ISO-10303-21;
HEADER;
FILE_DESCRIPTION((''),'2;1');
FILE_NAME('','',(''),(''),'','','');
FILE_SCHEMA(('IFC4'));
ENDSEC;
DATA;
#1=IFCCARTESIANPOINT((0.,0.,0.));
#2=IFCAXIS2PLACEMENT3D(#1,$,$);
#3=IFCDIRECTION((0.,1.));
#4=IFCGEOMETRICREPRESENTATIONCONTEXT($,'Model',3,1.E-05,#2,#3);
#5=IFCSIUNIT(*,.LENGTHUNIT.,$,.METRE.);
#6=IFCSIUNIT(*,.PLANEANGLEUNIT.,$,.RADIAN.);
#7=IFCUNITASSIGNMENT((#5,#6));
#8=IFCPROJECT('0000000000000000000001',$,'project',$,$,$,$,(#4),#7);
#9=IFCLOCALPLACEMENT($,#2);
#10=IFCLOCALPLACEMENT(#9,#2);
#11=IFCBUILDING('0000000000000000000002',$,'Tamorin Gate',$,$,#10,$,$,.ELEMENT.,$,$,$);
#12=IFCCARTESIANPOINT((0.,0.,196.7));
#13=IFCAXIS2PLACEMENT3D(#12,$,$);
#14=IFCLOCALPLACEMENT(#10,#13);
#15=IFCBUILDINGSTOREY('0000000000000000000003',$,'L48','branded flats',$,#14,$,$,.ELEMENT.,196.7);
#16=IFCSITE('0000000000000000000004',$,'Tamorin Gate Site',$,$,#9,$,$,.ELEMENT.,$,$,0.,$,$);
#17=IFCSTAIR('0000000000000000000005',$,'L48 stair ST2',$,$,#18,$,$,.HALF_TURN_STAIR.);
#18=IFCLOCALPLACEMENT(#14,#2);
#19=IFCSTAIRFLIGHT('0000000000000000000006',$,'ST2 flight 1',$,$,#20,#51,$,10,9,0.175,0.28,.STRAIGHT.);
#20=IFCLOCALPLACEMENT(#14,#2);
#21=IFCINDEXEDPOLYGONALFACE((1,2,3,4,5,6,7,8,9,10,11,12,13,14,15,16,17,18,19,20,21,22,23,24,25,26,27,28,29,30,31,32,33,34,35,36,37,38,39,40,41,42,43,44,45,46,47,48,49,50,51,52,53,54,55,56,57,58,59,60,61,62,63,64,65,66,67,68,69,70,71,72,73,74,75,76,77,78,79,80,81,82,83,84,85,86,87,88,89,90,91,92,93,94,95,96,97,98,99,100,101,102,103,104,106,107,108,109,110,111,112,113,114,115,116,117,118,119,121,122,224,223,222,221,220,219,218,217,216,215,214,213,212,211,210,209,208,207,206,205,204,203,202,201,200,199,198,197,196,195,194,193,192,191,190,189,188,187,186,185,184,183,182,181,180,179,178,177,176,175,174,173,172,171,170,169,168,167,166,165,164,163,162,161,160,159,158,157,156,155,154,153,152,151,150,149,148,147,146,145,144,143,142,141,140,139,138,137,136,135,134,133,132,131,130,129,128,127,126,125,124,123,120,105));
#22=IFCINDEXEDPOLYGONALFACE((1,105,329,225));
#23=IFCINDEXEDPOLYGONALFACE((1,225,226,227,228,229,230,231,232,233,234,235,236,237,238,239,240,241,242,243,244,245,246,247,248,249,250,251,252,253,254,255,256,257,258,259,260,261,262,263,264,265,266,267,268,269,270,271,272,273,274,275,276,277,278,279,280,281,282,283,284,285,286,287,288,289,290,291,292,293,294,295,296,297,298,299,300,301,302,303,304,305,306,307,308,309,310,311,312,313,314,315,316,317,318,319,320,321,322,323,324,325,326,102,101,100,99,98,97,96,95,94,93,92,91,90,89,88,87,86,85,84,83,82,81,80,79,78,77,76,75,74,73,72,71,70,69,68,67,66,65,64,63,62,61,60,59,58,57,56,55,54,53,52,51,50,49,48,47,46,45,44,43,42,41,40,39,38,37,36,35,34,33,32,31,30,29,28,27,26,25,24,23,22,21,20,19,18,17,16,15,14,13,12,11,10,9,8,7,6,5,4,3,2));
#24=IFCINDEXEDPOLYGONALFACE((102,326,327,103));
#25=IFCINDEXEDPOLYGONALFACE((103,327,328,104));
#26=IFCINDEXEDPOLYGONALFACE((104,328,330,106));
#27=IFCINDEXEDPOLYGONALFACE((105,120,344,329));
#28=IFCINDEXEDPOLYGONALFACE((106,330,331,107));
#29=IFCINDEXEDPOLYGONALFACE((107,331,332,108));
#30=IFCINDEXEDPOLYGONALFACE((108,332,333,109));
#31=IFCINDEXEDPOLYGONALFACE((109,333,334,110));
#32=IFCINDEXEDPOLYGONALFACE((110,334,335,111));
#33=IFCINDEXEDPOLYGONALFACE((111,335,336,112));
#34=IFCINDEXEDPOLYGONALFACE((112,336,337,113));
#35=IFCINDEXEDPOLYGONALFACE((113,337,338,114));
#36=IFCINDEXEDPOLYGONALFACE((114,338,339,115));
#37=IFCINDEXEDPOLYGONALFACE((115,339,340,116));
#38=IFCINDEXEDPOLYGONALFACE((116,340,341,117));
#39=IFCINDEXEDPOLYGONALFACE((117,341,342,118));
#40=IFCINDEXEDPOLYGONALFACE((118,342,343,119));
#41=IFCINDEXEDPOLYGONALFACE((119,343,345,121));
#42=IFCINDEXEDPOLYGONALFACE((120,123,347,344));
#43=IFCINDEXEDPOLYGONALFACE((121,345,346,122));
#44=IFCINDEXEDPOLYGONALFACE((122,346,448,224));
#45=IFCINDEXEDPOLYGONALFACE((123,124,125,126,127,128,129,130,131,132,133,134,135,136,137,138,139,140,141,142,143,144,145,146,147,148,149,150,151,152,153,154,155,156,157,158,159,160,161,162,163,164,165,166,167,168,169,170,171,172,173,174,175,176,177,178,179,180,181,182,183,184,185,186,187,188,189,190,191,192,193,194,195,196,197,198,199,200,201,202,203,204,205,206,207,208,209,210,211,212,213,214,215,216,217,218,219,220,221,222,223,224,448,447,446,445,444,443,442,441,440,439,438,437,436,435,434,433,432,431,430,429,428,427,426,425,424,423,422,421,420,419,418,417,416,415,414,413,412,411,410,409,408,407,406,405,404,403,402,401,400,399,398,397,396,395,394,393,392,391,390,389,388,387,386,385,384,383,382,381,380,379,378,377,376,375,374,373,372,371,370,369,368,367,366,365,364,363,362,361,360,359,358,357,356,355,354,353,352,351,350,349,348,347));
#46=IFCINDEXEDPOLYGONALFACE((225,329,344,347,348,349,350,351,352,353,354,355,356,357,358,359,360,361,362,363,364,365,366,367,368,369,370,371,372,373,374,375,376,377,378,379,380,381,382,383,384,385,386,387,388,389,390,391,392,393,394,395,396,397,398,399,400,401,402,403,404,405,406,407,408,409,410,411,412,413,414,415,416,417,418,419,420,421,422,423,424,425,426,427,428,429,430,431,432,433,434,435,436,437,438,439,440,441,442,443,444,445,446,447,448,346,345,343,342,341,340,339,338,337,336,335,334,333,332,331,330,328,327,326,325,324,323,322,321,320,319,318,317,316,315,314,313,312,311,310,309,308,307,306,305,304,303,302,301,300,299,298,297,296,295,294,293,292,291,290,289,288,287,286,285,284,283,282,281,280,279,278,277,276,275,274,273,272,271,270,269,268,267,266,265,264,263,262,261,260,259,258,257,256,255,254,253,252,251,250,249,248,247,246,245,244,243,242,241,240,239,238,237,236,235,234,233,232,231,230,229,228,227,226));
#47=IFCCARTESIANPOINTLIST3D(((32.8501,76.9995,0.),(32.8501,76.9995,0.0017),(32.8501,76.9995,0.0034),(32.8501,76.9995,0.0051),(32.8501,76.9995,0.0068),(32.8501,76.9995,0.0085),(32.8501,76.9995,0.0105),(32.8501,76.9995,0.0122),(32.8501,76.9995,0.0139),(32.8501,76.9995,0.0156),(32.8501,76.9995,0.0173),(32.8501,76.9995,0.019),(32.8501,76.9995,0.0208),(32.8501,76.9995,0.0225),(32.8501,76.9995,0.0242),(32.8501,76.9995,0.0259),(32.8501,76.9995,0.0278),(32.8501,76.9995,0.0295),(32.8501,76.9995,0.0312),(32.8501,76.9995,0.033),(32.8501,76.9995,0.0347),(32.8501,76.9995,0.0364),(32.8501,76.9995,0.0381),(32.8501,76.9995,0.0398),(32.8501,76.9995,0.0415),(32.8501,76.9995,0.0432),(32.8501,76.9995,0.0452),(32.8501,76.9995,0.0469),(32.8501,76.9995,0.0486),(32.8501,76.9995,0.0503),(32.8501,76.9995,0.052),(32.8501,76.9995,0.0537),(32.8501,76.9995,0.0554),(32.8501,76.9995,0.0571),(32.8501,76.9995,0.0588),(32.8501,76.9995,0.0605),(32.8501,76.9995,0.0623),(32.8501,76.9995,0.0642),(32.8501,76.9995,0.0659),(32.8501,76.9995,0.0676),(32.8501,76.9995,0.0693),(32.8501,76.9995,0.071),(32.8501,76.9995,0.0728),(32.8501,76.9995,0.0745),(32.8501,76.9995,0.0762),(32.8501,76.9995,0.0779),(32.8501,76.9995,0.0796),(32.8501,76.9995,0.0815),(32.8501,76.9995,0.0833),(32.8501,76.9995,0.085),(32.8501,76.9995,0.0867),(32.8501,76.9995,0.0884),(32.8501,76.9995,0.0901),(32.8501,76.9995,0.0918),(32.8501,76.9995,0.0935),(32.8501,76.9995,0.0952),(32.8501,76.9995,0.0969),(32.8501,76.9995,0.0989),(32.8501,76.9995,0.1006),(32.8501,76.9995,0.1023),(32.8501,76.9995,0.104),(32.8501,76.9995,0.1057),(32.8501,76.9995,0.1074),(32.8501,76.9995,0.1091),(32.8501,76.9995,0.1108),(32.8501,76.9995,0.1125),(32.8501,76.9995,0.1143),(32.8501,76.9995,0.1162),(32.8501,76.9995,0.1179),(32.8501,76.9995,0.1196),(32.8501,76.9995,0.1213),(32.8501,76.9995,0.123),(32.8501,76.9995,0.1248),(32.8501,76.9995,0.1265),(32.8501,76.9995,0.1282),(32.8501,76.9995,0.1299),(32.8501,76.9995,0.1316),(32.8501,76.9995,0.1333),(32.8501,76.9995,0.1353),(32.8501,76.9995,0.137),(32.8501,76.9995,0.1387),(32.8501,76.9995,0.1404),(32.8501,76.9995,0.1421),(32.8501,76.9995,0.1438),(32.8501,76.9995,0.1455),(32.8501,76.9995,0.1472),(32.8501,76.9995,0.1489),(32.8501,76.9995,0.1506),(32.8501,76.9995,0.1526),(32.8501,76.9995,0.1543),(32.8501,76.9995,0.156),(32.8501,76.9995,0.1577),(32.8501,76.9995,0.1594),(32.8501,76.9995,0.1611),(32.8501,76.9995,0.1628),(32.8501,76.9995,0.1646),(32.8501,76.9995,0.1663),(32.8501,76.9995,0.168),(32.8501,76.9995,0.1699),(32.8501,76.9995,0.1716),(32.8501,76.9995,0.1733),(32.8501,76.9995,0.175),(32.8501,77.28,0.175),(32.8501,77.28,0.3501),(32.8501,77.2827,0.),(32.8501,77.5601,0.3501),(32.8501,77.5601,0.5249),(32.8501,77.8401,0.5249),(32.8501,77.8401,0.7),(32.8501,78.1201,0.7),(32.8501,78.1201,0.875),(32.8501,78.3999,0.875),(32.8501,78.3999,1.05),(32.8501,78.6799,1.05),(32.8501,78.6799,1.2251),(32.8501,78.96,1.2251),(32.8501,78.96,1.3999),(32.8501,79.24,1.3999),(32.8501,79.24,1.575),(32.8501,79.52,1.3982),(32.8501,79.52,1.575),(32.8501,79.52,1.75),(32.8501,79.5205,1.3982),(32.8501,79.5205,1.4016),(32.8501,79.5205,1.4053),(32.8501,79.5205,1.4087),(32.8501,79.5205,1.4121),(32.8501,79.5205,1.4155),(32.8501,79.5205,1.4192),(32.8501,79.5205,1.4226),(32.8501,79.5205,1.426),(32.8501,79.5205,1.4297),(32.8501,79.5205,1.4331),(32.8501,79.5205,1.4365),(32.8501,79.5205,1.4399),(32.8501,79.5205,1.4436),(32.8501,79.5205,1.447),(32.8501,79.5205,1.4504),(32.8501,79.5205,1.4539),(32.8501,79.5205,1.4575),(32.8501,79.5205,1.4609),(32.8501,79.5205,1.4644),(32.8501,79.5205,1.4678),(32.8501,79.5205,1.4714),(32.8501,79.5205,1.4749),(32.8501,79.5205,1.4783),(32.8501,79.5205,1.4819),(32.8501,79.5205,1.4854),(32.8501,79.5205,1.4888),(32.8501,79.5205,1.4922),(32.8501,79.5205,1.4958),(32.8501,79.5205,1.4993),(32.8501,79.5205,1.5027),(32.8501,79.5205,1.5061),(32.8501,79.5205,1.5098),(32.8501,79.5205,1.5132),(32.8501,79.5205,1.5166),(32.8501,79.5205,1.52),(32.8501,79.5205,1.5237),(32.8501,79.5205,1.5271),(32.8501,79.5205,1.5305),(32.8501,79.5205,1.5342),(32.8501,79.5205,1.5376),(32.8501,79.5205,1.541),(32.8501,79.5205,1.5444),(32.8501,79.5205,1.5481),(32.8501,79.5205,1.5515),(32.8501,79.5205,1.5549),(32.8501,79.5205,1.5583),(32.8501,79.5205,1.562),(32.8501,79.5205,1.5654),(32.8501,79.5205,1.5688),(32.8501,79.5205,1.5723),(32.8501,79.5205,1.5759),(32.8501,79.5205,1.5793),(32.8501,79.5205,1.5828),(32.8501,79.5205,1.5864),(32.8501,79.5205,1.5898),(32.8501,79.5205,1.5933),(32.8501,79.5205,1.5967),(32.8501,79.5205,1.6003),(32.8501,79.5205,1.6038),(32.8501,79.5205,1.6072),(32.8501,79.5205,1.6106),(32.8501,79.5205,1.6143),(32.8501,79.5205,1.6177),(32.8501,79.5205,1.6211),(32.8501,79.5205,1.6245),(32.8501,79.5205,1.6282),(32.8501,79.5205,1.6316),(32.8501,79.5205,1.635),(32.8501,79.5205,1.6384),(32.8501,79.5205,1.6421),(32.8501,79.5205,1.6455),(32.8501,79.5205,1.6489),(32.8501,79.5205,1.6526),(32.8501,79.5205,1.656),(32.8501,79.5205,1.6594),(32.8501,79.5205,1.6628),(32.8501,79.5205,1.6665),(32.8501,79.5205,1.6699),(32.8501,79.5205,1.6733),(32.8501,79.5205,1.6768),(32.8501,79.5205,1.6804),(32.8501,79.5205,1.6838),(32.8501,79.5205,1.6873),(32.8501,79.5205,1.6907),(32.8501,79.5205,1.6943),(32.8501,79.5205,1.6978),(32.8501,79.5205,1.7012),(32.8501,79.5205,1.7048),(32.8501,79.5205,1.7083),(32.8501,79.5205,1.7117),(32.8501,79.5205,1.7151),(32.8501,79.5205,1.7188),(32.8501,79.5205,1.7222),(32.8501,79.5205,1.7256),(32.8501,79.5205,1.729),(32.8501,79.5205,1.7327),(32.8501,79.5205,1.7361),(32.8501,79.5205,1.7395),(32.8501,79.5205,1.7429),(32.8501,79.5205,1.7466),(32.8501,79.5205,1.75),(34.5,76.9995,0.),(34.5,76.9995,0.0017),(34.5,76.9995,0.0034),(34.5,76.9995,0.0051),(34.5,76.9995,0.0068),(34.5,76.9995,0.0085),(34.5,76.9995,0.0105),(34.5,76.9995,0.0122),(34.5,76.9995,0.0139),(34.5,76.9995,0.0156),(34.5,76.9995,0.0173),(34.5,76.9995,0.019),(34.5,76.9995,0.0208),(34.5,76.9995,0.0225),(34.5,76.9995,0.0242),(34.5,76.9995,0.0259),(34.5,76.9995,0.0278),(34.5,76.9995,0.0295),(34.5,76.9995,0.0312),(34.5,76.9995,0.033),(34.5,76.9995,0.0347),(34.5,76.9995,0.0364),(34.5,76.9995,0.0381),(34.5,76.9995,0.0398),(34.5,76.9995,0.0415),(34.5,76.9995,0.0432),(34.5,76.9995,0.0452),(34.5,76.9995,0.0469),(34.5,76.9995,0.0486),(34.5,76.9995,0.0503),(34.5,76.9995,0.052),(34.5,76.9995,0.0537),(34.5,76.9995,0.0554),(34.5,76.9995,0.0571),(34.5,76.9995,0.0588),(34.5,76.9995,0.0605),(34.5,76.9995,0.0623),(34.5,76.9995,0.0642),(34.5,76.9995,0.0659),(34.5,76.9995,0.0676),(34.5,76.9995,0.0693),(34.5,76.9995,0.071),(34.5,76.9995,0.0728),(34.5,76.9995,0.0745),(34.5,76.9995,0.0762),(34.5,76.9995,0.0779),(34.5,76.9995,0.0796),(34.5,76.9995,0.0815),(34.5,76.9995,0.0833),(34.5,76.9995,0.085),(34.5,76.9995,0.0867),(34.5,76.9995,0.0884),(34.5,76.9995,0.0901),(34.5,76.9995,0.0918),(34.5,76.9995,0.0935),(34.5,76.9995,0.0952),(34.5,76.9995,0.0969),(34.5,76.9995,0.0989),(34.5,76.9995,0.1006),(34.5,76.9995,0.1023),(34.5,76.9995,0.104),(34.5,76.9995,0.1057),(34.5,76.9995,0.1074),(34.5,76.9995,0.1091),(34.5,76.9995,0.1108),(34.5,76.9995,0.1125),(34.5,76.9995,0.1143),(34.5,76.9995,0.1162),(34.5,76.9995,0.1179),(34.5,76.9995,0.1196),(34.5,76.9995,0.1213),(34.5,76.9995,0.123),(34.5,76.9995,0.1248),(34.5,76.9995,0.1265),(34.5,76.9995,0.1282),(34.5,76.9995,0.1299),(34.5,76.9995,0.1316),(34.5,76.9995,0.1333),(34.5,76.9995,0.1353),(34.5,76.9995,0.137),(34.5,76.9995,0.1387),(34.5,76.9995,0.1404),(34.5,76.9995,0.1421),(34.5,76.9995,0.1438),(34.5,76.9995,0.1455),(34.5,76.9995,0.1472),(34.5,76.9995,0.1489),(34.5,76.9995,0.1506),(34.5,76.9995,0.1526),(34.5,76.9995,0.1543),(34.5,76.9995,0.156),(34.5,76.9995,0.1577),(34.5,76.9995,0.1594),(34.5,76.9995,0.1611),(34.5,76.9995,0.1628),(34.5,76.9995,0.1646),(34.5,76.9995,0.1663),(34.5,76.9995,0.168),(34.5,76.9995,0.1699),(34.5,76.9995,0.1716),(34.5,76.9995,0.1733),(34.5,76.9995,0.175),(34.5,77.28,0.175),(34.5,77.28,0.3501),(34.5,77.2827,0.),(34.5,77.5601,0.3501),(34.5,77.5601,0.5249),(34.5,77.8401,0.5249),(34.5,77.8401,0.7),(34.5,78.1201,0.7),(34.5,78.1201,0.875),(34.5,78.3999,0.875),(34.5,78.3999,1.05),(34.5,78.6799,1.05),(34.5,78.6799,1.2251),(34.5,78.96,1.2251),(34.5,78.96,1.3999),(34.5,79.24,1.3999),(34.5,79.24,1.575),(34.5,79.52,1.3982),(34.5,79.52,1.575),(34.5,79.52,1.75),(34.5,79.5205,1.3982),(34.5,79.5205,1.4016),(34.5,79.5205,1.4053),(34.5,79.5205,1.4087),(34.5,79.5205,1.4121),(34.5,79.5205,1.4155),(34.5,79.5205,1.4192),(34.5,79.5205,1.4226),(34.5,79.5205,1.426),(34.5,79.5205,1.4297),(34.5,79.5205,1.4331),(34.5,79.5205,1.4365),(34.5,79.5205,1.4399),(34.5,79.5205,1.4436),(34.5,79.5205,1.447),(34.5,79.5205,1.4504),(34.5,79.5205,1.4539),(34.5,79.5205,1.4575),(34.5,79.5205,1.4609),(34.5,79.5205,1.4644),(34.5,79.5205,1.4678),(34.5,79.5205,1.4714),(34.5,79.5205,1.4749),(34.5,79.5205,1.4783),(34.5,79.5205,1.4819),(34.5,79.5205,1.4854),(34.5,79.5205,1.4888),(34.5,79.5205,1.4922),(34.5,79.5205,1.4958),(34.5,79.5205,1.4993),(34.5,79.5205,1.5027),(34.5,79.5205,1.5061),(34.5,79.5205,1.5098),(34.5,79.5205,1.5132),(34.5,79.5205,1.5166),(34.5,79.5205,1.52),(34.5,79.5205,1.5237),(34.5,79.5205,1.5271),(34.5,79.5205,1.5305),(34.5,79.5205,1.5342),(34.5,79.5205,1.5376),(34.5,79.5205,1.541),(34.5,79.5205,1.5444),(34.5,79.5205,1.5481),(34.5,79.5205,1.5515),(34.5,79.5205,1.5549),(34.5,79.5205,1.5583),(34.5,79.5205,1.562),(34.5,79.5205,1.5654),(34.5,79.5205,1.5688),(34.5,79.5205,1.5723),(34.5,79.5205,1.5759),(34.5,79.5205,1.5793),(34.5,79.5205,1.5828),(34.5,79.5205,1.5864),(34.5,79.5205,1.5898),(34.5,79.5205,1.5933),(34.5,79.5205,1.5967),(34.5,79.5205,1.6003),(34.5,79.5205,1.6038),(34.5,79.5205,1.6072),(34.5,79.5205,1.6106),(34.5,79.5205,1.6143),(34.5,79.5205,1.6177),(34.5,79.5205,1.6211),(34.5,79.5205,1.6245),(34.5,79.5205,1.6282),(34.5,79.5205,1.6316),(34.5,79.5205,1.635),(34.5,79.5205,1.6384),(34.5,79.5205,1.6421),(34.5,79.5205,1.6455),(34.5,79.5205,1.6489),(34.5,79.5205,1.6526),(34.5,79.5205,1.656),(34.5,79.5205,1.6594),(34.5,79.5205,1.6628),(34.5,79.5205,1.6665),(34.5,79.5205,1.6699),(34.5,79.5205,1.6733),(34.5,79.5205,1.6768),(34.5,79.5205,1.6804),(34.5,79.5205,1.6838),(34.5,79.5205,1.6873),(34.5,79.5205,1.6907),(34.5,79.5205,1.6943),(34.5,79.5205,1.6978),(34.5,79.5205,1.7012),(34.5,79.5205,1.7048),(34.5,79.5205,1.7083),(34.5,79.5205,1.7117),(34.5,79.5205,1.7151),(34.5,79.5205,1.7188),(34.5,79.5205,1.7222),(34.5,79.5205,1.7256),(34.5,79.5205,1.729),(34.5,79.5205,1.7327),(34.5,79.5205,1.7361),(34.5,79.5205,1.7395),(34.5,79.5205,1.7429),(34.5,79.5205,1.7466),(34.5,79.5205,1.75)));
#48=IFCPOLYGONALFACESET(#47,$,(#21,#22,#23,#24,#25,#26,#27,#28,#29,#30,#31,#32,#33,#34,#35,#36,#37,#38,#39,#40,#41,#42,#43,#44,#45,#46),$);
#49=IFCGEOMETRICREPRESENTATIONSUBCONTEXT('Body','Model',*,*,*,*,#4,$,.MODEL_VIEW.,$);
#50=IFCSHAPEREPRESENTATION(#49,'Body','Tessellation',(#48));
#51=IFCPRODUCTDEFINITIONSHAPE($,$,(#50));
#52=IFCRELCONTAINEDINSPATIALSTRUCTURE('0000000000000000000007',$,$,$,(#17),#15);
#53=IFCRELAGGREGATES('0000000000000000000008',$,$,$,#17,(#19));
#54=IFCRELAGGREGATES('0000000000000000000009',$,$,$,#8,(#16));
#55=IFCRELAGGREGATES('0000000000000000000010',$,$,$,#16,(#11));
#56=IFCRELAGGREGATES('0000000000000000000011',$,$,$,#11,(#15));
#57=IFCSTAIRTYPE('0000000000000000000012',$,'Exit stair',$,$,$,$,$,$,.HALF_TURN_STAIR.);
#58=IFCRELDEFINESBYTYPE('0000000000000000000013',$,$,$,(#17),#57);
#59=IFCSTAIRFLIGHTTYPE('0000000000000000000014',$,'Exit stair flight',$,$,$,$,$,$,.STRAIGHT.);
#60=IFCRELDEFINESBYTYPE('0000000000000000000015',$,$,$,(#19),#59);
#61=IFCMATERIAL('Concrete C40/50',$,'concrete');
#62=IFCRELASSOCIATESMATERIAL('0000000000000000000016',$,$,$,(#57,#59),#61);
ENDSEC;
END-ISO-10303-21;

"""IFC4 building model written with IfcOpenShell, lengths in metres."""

from ifc_helpers import new_model, si_unit, direction, frame, origin, place, context, subcontext, project, spatial, polyline, outline, extrude, material, type_object, element, aggregate, save


model = new_model("IFC4")

# Units and contexts
model_context = context("Model", 3, precision=1e-05, world=origin(), true_north=direction((0.0, 1.0)))
body_context = subcontext(model_context, "Body", "Model", "MODEL_VIEW")
ifc_project = project(units=[si_unit("LENGTHUNIT", "METRE"), si_unit("PLANEANGLEUNIT", "RADIAN")], contexts=[model_context])

# Site, building, storey
site_placement = place(None, origin())
site = spatial("IfcSite", under=ifc_project, at=site_placement, Name="Tamorin Gate Site", CompositionType="ELEMENT", RefElevation=0.0)
building_placement = place(site_placement, origin())
building = spatial("IfcBuilding", under=site, at=building_placement, Name="Tamorin Gate", CompositionType="ELEMENT")
storey_placement = place(building_placement, frame((0.0, 0.0, 196.7)))
storey = spatial("IfcBuildingStorey", under=building, at=storey_placement, Name="L48", Description="branded flats", CompositionType="ELEMENT", Elevation=196.7)

# Shared definitions
ifc_material_1 = material(Name="Concrete C40/50", Category="concrete")

# Shared definitions
stair_type = type_object("IfcStairType", Name="Exit stair", PredefinedType="HALF_TURN_STAIR", material=ifc_material_1)
stair_flight_type = type_object("IfcStairFlightType", Name="Exit stair flight", PredefinedType="STRAIGHT", material=ifc_material_1)

# Stair, stair flight
stair_1_placement = place(storey_placement, origin())
stair_1 = element("IfcStair", 1, at=stair_1_placement, inside=storey, type_object=stair_type, Name="L48 stair ST2", PredefinedType="HALF_TURN_STAIR")
stair_flight_1_placement = place(storey_placement, frame((33.675, 77.0, 0.0), z_axis=(0.0, 0.0, 1.0), x_axis=(0.0, 1.0, 0.0)))
stair_flight_1 = element("IfcStairFlight", 2, at=stair_flight_1_placement, type_object=stair_flight_type, Name="ST2 flight 1", NumberOfRisers=10, NumberOfTreads=9, PredefinedType="STRAIGHT", RiserHeight=0.175, TreadLength=0.28, context=body_context, shape_type="SweptSolid", body=[
    extrude(outline(polyline([(-0.0005, 0.0), (-0.0005, 0.0017), (-0.0005, 0.0034), (-0.0005, 0.0051), (-0.0005, 0.0068), (-0.0005, 0.0085), (-0.0005, 0.0105), (-0.0005, 0.0122), (-0.0005, 0.0139), (-0.0005, 0.0156), (-0.0005, 0.0173), (-0.0005, 0.019), (-0.0005, 0.0208), (-0.0005, 0.0225), (-0.0005, 0.0242), (-0.0005, 0.0259), (-0.0005, 0.0278), (-0.0005, 0.0295), (-0.0005, 0.0312), (-0.0005, 0.033), (-0.0005, 0.0347), (-0.0005, 0.0364), (-0.0005, 0.0381), (-0.0005, 0.0398), (-0.0005, 0.0415), (-0.0005, 0.0432), (-0.0005, 0.0452), (-0.0005, 0.0469), (-0.0005, 0.0486), (-0.0005, 0.0503), (-0.0005, 0.052), (-0.0005, 0.0537), (-0.0005, 0.0554), (-0.0005, 0.0571), (-0.0005, 0.0588), (-0.0005, 0.0605), (-0.0005, 0.0623), (-0.0005, 0.0642), (-0.0005, 0.0659), (-0.0005, 0.0676), (-0.0005, 0.0693), (-0.0005, 0.071), (-0.0005, 0.0728), (-0.0005, 0.0745), (-0.0005, 0.0762), (-0.0005, 0.0779), (-0.0005, 0.0796), (-0.0005, 0.0815), (-0.0005, 0.0833), (-0.0005, 0.085), (-0.0005, 0.0867), (-0.0005, 0.0884), (-0.0005, 0.0901), (-0.0005, 0.0918), (-0.0005, 0.0935), (-0.0005, 0.0952), (-0.0005, 0.0969), (-0.0005, 0.0989), (-0.0005, 0.1006), (-0.0005, 0.1023), (-0.0005, 0.104), (-0.0005, 0.1057), (-0.0005, 0.1074), (-0.0005, 0.1091), (-0.0005, 0.1108), (-0.0005, 0.1125), (-0.0005, 0.1143), (-0.0005, 0.1162), (-0.0005, 0.1179), (-0.0005, 0.1196), (-0.0005, 0.1213), (-0.0005, 0.123), (-0.0005, 0.1248), (-0.0005, 0.1265), (-0.0005, 0.1282), (-0.0005, 0.1299), (-0.0005, 0.1316), (-0.0005, 0.1333), (-0.0005, 0.1353), (-0.0005, 0.137), (-0.0005, 0.1387), (-0.0005, 0.1404), (-0.0005, 0.1421), (-0.0005, 0.1438), (-0.0005, 0.1455), (-0.0005, 0.1472), (-0.0005, 0.1489), (-0.0005, 0.1506), (-0.0005, 0.1526), (-0.0005, 0.1543), (-0.0005, 0.156), (-0.0005, 0.1577), (-0.0005, 0.1594), (-0.0005, 0.1611), (-0.0005, 0.1628), (-0.0005, 0.1646), (-0.0005, 0.1663), (-0.0005, 0.168), (-0.0005, 0.1699), (-0.0005, 0.1716), (-0.0005, 0.1733), (-0.0005, 0.175), (0.28, 0.175), (0.28, 0.3501), (0.5601, 0.3501), (0.5601, 0.5249), (0.8401, 0.5249), (0.8401, 0.7), (1.1201, 0.7), (1.1201, 0.875), (1.3999, 0.875), (1.3999, 1.05), (1.6799, 1.05), (1.6799, 1.2251), (1.96, 1.2251), (1.96, 1.3999), (2.24, 1.3999), (2.24, 1.575), (2.52, 1.575), (2.52, 1.75), (2.5205, 1.75), (2.5205, 1.7466), (2.5205, 1.7429), (2.5205, 1.7395), (2.5205, 1.7361), (2.5205, 1.7327), (2.5205, 1.729), (2.5205, 1.7256), (2.5205, 1.7222), (2.5205, 1.7188), (2.5205, 1.7151), (2.5205, 1.7117), (2.5205, 1.7083), (2.5205, 1.7048), (2.5205, 1.7012), (2.5205, 1.6978), (2.5205, 1.6943), (2.5205, 1.6907), (2.5205, 1.6873), (2.5205, 1.6838), (2.5205, 1.6804), (2.5205, 1.6768), (2.5205, 1.6733), (2.5205, 1.6699), (2.5205, 1.6665), (2.5205, 1.6628), (2.5205, 1.6594), (2.5205, 1.656), (2.5205, 1.6526), (2.5205, 1.6489), (2.5205, 1.6455), (2.5205, 1.6421), (2.5205, 1.6384), (2.5205, 1.635), (2.5205, 1.6316), (2.5205, 1.6282), (2.5205, 1.6245), (2.5205, 1.6211), (2.5205, 1.6177), (2.5205, 1.6143), (2.5205, 1.6106), (2.5205, 1.6072), (2.5205, 1.6038), (2.5205, 1.6003), (2.5205, 1.5967), (2.5205, 1.5933), (2.5205, 1.5898), (2.5205, 1.5864), (2.5205, 1.5828), (2.5205, 1.5793), (2.5205, 1.5759), (2.5205, 1.5723), (2.5205, 1.5688), (2.5205, 1.5654), (2.5205, 1.562), (2.5205, 1.5583), (2.5205, 1.5549), (2.5205, 1.5515), (2.5205, 1.5481), (2.5205, 1.5444), (2.5205, 1.541), (2.5205, 1.5376), (2.5205, 1.5342), (2.5205, 1.5305), (2.5205, 1.5271), (2.5205, 1.5237), (2.5205, 1.52), (2.5205, 1.5166), (2.5205, 1.5132), (2.5205, 1.5098), (2.5205, 1.5061), (2.5205, 1.5027), (2.5205, 1.4993), (2.5205, 1.4958), (2.5205, 1.4922), (2.5205, 1.4888), (2.5205, 1.4854), (2.5205, 1.4819), (2.5205, 1.4783), (2.5205, 1.4749), (2.5205, 1.4714), (2.5205, 1.4678), (2.5205, 1.4644), (2.5205, 1.4609), (2.5205, 1.4575), (2.5205, 1.4539), (2.5205, 1.4504), (2.5205, 1.447), (2.5205, 1.4436), (2.5205, 1.4399), (2.5205, 1.4365), (2.5205, 1.4331), (2.5205, 1.4297), (2.5205, 1.426), (2.5205, 1.4226), (2.5205, 1.4192), (2.5205, 1.4155), (2.5205, 1.4121), (2.5205, 1.4087), (2.5205, 1.4053), (2.5205, 1.4016), (2.5205, 1.3982), (2.52, 1.3982), (0.2827, 0.0), (-0.0005, 0.0)])), frame((0.0, 0.825, 0.0), z_axis=(0.0, -1.0, 0.0), x_axis=(1.0, 0.0, 0.0)), (0.0, 0.0, 1.0), 1.6499),
])
aggregate(stair_1, [stair_flight_1])

save(model, "model.ifc")
